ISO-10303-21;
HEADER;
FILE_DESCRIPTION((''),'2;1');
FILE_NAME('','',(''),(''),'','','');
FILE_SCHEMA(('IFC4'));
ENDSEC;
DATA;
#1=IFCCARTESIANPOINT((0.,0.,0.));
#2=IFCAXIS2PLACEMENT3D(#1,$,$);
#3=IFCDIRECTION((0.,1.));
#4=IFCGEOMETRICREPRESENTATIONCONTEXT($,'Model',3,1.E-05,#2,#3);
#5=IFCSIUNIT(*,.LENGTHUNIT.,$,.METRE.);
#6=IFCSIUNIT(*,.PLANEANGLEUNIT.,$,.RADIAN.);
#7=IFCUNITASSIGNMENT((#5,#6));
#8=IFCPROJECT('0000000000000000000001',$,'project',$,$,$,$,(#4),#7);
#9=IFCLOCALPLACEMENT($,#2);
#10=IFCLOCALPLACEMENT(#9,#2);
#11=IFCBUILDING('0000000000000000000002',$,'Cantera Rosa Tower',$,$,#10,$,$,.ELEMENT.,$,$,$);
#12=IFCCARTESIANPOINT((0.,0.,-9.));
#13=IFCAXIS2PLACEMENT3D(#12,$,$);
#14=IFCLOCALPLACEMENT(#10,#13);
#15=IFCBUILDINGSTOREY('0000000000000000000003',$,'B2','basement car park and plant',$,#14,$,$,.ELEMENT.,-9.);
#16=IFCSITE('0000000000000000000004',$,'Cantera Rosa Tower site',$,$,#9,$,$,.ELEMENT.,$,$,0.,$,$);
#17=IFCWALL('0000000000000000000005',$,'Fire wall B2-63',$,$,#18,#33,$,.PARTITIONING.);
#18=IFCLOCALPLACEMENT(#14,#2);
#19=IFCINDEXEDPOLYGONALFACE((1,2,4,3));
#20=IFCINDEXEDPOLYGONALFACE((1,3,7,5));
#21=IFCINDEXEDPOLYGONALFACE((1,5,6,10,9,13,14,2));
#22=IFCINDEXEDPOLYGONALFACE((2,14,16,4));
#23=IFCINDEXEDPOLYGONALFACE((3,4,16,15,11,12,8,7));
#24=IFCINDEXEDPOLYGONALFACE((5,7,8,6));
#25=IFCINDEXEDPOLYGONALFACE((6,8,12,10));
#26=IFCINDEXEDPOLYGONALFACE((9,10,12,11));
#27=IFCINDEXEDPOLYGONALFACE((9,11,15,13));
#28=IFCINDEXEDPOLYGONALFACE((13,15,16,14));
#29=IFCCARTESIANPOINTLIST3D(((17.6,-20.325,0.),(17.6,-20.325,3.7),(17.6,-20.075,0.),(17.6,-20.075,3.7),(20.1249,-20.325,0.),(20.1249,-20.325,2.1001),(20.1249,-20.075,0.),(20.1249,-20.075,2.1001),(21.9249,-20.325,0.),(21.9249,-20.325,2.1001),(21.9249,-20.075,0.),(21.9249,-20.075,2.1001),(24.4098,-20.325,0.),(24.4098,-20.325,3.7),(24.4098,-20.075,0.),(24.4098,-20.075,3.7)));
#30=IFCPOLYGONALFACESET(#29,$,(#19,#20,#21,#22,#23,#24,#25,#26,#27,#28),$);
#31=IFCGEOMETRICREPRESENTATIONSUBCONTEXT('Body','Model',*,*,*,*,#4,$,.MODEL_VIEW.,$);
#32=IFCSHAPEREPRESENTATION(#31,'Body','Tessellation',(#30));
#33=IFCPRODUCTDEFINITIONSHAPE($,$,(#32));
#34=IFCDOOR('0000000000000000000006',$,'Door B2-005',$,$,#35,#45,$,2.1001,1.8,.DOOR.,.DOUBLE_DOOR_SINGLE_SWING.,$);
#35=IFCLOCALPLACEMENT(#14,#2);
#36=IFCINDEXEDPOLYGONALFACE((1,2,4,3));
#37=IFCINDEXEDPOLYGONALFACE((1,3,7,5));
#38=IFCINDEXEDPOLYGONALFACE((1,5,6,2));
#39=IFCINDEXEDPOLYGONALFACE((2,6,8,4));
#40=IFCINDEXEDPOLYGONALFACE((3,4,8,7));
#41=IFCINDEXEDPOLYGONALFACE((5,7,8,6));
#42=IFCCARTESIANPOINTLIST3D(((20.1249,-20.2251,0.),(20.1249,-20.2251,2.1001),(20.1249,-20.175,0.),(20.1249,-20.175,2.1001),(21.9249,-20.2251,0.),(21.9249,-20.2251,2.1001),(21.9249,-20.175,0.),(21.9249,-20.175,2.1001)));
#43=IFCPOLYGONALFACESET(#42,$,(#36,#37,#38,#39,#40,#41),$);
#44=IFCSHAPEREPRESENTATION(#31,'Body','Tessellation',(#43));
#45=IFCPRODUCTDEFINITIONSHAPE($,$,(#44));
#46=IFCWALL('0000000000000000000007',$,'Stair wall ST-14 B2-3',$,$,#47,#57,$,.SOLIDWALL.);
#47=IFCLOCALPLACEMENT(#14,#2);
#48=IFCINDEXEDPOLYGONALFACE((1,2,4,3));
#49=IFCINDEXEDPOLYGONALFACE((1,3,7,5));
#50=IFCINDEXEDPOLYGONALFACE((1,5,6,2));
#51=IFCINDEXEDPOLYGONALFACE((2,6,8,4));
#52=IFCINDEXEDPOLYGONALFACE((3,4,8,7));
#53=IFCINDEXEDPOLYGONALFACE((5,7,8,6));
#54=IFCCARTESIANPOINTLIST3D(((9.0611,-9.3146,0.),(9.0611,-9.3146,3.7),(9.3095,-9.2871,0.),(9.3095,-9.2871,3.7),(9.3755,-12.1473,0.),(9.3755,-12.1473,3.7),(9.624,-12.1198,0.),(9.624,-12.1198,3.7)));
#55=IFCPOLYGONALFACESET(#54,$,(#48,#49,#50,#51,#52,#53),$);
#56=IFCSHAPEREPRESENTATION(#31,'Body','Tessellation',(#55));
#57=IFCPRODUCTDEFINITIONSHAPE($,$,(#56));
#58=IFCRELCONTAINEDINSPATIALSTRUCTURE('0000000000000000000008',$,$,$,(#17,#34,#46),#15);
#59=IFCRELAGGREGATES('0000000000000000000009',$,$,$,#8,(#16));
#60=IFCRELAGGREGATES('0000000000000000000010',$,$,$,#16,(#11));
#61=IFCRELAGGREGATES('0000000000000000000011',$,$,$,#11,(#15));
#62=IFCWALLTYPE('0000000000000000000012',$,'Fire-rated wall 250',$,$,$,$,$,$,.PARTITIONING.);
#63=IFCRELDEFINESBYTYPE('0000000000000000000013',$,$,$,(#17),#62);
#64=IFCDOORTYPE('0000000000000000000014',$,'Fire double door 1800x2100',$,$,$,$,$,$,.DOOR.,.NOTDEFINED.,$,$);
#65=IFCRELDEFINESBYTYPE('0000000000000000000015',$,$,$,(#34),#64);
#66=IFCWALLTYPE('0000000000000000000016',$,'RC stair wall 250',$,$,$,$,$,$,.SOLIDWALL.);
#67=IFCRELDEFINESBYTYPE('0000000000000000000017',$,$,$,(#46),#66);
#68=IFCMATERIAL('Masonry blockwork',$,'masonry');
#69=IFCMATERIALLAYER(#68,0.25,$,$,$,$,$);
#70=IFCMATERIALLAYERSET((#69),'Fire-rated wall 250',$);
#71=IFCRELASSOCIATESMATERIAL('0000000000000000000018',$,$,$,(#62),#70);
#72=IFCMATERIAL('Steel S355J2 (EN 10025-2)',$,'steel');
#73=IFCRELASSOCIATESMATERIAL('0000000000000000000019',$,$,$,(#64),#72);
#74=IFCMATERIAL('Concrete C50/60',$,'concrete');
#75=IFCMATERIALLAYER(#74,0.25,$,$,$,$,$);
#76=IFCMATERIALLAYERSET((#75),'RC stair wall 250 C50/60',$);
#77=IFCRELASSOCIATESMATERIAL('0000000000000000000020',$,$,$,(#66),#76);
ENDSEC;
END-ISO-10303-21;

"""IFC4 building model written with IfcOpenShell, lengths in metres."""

from ifc_helpers import new_model, si_unit, direction, frame, frame_2d, origin, place, context, subcontext, project, spatial, rectangle, extrude, material, layer, layer_set, type_object, element, fill, save


model = new_model("IFC4")

# Units and contexts
model_context = context("Model", 3, precision=1e-05, world=origin(), true_north=direction((0.0, 1.0)))
body_context = subcontext(model_context, "Body", "Model", "MODEL_VIEW")
ifc_project = project(units=[si_unit("LENGTHUNIT", "METRE"), si_unit("PLANEANGLEUNIT", "RADIAN")], contexts=[model_context])

# Site, building, storey
site_placement = place(None, origin())
site = spatial("IfcSite", under=ifc_project, at=site_placement, Name="Cantera Rosa Tower site", CompositionType="ELEMENT", RefElevation=0.0)
building_placement = place(site_placement, origin())
building = spatial("IfcBuilding", under=site, at=building_placement, Name="Cantera Rosa Tower", CompositionType="ELEMENT")
storey_placement = place(building_placement, frame((0.0, 0.0, -9.0)))
storey = spatial("IfcBuildingStorey", under=building, at=storey_placement, Name="B2", Description="basement car park and plant", CompositionType="ELEMENT", Elevation=-9.0)

# Shared definitions
ifc_material_1 = material(Name="Masonry blockwork", Category="masonry")
ifc_layer_1 = layer(ifc_material_1, 0.25)
ifc_layer_set_1 = layer_set([ifc_layer_1], Name="Fire-rated wall 250")
wall_type_1 = type_object("IfcWallType", Name="Fire-rated wall 250", PredefinedType="PARTITIONING", material=ifc_layer_set_1)

# Wall, opening, door
wall_1_placement = place(storey_placement, frame((17.6001, -20.2, 0.0), z_axis=(0.0, 0.0, 1.0), x_axis=(1.0, 0.0, 0.0)))
wall_1 = element("IfcWall", 1, at=wall_1_placement, inside=storey, type_object=wall_type_1, Name="Fire wall B2-63", PredefinedType="PARTITIONING", context=body_context, shape_type="SweptSolid", body=[
    extrude(rectangle(XDim=6.8098, YDim=0.25, at=frame_2d((3.4048, 0.0))), origin(), (0.0, 0.0, 1.0), 3.7),
])
opening_placement = place(wall_1_placement, frame((2.5249, 0.0, 0.0)))
opening = element("IfcOpeningElement", 2, at=opening_placement, cuts=wall_1, PredefinedType="OPENING", context=body_context, shape_type="SweptSolid", body=[
    extrude(rectangle(XDim=1.8, YDim=2.1001, at=frame_2d((0.8999, 1.05))), frame((0.0, 0.135, 0.0), z_axis=(0.0, -1.0, 0.0), x_axis=(1.0, 0.0, 0.0)), (0.0, 0.0, 1.0), 0.27),
])
ifc_material_2 = material(Name="Steel S355J2 (EN 10025-2)", Category="steel")
door_type = type_object("IfcDoorType", Name="Fire double door 1800x2100", OperationType="NOTDEFINED", PredefinedType="DOOR", material=ifc_material_2)
door_placement = place(opening_placement, origin())
door = element("IfcDoor", 3, at=door_placement, inside=storey, type_object=door_type, Name="Door B2-005", OperationType="DOUBLE_DOOR_SINGLE_SWING", OverallHeight=2.1001, OverallWidth=1.8, PredefinedType="DOOR", context=body_context, shape_type="SweptSolid", body=[
    extrude(rectangle(XDim=1.8, YDim=2.1001, at=frame_2d((0.8999, 1.05))), frame((0.0, 0.0249, 0.0), z_axis=(0.0, -1.0, 0.0), x_axis=(1.0, 0.0, 0.0)), (0.0, 0.0, 1.0), 0.05),
])
fill(opening, door)

# Wall
ifc_material_3 = material(Name="Concrete C50/60", Category="concrete")
ifc_layer_2 = layer(ifc_material_3, 0.25)
ifc_layer_set_2 = layer_set([ifc_layer_2], Name="RC stair wall 250 C50/60")
wall_type_2 = type_object("IfcWallType", Name="RC stair wall 250", PredefinedType="SOLIDWALL", material=ifc_layer_set_2)
wall_2_placement = place(storey_placement, frame((9.4998, -12.1335, 0.0), z_axis=(0.0, 0.0, 1.0), x_axis=(-0.110328, 0.993895, 0.0)))
element("IfcWall", 4, at=wall_2_placement, inside=storey, type_object=wall_type_2, Name="Stair wall ST-14 B2-3", PredefinedType="SOLIDWALL", context=body_context, shape_type="SweptSolid", body=[
    extrude(rectangle(XDim=2.8501, YDim=0.25, at=frame_2d((1.425, 0.0))), origin(), (0.0, 0.0, 1.0), 3.7),
])

save(model, "model.ifc")
